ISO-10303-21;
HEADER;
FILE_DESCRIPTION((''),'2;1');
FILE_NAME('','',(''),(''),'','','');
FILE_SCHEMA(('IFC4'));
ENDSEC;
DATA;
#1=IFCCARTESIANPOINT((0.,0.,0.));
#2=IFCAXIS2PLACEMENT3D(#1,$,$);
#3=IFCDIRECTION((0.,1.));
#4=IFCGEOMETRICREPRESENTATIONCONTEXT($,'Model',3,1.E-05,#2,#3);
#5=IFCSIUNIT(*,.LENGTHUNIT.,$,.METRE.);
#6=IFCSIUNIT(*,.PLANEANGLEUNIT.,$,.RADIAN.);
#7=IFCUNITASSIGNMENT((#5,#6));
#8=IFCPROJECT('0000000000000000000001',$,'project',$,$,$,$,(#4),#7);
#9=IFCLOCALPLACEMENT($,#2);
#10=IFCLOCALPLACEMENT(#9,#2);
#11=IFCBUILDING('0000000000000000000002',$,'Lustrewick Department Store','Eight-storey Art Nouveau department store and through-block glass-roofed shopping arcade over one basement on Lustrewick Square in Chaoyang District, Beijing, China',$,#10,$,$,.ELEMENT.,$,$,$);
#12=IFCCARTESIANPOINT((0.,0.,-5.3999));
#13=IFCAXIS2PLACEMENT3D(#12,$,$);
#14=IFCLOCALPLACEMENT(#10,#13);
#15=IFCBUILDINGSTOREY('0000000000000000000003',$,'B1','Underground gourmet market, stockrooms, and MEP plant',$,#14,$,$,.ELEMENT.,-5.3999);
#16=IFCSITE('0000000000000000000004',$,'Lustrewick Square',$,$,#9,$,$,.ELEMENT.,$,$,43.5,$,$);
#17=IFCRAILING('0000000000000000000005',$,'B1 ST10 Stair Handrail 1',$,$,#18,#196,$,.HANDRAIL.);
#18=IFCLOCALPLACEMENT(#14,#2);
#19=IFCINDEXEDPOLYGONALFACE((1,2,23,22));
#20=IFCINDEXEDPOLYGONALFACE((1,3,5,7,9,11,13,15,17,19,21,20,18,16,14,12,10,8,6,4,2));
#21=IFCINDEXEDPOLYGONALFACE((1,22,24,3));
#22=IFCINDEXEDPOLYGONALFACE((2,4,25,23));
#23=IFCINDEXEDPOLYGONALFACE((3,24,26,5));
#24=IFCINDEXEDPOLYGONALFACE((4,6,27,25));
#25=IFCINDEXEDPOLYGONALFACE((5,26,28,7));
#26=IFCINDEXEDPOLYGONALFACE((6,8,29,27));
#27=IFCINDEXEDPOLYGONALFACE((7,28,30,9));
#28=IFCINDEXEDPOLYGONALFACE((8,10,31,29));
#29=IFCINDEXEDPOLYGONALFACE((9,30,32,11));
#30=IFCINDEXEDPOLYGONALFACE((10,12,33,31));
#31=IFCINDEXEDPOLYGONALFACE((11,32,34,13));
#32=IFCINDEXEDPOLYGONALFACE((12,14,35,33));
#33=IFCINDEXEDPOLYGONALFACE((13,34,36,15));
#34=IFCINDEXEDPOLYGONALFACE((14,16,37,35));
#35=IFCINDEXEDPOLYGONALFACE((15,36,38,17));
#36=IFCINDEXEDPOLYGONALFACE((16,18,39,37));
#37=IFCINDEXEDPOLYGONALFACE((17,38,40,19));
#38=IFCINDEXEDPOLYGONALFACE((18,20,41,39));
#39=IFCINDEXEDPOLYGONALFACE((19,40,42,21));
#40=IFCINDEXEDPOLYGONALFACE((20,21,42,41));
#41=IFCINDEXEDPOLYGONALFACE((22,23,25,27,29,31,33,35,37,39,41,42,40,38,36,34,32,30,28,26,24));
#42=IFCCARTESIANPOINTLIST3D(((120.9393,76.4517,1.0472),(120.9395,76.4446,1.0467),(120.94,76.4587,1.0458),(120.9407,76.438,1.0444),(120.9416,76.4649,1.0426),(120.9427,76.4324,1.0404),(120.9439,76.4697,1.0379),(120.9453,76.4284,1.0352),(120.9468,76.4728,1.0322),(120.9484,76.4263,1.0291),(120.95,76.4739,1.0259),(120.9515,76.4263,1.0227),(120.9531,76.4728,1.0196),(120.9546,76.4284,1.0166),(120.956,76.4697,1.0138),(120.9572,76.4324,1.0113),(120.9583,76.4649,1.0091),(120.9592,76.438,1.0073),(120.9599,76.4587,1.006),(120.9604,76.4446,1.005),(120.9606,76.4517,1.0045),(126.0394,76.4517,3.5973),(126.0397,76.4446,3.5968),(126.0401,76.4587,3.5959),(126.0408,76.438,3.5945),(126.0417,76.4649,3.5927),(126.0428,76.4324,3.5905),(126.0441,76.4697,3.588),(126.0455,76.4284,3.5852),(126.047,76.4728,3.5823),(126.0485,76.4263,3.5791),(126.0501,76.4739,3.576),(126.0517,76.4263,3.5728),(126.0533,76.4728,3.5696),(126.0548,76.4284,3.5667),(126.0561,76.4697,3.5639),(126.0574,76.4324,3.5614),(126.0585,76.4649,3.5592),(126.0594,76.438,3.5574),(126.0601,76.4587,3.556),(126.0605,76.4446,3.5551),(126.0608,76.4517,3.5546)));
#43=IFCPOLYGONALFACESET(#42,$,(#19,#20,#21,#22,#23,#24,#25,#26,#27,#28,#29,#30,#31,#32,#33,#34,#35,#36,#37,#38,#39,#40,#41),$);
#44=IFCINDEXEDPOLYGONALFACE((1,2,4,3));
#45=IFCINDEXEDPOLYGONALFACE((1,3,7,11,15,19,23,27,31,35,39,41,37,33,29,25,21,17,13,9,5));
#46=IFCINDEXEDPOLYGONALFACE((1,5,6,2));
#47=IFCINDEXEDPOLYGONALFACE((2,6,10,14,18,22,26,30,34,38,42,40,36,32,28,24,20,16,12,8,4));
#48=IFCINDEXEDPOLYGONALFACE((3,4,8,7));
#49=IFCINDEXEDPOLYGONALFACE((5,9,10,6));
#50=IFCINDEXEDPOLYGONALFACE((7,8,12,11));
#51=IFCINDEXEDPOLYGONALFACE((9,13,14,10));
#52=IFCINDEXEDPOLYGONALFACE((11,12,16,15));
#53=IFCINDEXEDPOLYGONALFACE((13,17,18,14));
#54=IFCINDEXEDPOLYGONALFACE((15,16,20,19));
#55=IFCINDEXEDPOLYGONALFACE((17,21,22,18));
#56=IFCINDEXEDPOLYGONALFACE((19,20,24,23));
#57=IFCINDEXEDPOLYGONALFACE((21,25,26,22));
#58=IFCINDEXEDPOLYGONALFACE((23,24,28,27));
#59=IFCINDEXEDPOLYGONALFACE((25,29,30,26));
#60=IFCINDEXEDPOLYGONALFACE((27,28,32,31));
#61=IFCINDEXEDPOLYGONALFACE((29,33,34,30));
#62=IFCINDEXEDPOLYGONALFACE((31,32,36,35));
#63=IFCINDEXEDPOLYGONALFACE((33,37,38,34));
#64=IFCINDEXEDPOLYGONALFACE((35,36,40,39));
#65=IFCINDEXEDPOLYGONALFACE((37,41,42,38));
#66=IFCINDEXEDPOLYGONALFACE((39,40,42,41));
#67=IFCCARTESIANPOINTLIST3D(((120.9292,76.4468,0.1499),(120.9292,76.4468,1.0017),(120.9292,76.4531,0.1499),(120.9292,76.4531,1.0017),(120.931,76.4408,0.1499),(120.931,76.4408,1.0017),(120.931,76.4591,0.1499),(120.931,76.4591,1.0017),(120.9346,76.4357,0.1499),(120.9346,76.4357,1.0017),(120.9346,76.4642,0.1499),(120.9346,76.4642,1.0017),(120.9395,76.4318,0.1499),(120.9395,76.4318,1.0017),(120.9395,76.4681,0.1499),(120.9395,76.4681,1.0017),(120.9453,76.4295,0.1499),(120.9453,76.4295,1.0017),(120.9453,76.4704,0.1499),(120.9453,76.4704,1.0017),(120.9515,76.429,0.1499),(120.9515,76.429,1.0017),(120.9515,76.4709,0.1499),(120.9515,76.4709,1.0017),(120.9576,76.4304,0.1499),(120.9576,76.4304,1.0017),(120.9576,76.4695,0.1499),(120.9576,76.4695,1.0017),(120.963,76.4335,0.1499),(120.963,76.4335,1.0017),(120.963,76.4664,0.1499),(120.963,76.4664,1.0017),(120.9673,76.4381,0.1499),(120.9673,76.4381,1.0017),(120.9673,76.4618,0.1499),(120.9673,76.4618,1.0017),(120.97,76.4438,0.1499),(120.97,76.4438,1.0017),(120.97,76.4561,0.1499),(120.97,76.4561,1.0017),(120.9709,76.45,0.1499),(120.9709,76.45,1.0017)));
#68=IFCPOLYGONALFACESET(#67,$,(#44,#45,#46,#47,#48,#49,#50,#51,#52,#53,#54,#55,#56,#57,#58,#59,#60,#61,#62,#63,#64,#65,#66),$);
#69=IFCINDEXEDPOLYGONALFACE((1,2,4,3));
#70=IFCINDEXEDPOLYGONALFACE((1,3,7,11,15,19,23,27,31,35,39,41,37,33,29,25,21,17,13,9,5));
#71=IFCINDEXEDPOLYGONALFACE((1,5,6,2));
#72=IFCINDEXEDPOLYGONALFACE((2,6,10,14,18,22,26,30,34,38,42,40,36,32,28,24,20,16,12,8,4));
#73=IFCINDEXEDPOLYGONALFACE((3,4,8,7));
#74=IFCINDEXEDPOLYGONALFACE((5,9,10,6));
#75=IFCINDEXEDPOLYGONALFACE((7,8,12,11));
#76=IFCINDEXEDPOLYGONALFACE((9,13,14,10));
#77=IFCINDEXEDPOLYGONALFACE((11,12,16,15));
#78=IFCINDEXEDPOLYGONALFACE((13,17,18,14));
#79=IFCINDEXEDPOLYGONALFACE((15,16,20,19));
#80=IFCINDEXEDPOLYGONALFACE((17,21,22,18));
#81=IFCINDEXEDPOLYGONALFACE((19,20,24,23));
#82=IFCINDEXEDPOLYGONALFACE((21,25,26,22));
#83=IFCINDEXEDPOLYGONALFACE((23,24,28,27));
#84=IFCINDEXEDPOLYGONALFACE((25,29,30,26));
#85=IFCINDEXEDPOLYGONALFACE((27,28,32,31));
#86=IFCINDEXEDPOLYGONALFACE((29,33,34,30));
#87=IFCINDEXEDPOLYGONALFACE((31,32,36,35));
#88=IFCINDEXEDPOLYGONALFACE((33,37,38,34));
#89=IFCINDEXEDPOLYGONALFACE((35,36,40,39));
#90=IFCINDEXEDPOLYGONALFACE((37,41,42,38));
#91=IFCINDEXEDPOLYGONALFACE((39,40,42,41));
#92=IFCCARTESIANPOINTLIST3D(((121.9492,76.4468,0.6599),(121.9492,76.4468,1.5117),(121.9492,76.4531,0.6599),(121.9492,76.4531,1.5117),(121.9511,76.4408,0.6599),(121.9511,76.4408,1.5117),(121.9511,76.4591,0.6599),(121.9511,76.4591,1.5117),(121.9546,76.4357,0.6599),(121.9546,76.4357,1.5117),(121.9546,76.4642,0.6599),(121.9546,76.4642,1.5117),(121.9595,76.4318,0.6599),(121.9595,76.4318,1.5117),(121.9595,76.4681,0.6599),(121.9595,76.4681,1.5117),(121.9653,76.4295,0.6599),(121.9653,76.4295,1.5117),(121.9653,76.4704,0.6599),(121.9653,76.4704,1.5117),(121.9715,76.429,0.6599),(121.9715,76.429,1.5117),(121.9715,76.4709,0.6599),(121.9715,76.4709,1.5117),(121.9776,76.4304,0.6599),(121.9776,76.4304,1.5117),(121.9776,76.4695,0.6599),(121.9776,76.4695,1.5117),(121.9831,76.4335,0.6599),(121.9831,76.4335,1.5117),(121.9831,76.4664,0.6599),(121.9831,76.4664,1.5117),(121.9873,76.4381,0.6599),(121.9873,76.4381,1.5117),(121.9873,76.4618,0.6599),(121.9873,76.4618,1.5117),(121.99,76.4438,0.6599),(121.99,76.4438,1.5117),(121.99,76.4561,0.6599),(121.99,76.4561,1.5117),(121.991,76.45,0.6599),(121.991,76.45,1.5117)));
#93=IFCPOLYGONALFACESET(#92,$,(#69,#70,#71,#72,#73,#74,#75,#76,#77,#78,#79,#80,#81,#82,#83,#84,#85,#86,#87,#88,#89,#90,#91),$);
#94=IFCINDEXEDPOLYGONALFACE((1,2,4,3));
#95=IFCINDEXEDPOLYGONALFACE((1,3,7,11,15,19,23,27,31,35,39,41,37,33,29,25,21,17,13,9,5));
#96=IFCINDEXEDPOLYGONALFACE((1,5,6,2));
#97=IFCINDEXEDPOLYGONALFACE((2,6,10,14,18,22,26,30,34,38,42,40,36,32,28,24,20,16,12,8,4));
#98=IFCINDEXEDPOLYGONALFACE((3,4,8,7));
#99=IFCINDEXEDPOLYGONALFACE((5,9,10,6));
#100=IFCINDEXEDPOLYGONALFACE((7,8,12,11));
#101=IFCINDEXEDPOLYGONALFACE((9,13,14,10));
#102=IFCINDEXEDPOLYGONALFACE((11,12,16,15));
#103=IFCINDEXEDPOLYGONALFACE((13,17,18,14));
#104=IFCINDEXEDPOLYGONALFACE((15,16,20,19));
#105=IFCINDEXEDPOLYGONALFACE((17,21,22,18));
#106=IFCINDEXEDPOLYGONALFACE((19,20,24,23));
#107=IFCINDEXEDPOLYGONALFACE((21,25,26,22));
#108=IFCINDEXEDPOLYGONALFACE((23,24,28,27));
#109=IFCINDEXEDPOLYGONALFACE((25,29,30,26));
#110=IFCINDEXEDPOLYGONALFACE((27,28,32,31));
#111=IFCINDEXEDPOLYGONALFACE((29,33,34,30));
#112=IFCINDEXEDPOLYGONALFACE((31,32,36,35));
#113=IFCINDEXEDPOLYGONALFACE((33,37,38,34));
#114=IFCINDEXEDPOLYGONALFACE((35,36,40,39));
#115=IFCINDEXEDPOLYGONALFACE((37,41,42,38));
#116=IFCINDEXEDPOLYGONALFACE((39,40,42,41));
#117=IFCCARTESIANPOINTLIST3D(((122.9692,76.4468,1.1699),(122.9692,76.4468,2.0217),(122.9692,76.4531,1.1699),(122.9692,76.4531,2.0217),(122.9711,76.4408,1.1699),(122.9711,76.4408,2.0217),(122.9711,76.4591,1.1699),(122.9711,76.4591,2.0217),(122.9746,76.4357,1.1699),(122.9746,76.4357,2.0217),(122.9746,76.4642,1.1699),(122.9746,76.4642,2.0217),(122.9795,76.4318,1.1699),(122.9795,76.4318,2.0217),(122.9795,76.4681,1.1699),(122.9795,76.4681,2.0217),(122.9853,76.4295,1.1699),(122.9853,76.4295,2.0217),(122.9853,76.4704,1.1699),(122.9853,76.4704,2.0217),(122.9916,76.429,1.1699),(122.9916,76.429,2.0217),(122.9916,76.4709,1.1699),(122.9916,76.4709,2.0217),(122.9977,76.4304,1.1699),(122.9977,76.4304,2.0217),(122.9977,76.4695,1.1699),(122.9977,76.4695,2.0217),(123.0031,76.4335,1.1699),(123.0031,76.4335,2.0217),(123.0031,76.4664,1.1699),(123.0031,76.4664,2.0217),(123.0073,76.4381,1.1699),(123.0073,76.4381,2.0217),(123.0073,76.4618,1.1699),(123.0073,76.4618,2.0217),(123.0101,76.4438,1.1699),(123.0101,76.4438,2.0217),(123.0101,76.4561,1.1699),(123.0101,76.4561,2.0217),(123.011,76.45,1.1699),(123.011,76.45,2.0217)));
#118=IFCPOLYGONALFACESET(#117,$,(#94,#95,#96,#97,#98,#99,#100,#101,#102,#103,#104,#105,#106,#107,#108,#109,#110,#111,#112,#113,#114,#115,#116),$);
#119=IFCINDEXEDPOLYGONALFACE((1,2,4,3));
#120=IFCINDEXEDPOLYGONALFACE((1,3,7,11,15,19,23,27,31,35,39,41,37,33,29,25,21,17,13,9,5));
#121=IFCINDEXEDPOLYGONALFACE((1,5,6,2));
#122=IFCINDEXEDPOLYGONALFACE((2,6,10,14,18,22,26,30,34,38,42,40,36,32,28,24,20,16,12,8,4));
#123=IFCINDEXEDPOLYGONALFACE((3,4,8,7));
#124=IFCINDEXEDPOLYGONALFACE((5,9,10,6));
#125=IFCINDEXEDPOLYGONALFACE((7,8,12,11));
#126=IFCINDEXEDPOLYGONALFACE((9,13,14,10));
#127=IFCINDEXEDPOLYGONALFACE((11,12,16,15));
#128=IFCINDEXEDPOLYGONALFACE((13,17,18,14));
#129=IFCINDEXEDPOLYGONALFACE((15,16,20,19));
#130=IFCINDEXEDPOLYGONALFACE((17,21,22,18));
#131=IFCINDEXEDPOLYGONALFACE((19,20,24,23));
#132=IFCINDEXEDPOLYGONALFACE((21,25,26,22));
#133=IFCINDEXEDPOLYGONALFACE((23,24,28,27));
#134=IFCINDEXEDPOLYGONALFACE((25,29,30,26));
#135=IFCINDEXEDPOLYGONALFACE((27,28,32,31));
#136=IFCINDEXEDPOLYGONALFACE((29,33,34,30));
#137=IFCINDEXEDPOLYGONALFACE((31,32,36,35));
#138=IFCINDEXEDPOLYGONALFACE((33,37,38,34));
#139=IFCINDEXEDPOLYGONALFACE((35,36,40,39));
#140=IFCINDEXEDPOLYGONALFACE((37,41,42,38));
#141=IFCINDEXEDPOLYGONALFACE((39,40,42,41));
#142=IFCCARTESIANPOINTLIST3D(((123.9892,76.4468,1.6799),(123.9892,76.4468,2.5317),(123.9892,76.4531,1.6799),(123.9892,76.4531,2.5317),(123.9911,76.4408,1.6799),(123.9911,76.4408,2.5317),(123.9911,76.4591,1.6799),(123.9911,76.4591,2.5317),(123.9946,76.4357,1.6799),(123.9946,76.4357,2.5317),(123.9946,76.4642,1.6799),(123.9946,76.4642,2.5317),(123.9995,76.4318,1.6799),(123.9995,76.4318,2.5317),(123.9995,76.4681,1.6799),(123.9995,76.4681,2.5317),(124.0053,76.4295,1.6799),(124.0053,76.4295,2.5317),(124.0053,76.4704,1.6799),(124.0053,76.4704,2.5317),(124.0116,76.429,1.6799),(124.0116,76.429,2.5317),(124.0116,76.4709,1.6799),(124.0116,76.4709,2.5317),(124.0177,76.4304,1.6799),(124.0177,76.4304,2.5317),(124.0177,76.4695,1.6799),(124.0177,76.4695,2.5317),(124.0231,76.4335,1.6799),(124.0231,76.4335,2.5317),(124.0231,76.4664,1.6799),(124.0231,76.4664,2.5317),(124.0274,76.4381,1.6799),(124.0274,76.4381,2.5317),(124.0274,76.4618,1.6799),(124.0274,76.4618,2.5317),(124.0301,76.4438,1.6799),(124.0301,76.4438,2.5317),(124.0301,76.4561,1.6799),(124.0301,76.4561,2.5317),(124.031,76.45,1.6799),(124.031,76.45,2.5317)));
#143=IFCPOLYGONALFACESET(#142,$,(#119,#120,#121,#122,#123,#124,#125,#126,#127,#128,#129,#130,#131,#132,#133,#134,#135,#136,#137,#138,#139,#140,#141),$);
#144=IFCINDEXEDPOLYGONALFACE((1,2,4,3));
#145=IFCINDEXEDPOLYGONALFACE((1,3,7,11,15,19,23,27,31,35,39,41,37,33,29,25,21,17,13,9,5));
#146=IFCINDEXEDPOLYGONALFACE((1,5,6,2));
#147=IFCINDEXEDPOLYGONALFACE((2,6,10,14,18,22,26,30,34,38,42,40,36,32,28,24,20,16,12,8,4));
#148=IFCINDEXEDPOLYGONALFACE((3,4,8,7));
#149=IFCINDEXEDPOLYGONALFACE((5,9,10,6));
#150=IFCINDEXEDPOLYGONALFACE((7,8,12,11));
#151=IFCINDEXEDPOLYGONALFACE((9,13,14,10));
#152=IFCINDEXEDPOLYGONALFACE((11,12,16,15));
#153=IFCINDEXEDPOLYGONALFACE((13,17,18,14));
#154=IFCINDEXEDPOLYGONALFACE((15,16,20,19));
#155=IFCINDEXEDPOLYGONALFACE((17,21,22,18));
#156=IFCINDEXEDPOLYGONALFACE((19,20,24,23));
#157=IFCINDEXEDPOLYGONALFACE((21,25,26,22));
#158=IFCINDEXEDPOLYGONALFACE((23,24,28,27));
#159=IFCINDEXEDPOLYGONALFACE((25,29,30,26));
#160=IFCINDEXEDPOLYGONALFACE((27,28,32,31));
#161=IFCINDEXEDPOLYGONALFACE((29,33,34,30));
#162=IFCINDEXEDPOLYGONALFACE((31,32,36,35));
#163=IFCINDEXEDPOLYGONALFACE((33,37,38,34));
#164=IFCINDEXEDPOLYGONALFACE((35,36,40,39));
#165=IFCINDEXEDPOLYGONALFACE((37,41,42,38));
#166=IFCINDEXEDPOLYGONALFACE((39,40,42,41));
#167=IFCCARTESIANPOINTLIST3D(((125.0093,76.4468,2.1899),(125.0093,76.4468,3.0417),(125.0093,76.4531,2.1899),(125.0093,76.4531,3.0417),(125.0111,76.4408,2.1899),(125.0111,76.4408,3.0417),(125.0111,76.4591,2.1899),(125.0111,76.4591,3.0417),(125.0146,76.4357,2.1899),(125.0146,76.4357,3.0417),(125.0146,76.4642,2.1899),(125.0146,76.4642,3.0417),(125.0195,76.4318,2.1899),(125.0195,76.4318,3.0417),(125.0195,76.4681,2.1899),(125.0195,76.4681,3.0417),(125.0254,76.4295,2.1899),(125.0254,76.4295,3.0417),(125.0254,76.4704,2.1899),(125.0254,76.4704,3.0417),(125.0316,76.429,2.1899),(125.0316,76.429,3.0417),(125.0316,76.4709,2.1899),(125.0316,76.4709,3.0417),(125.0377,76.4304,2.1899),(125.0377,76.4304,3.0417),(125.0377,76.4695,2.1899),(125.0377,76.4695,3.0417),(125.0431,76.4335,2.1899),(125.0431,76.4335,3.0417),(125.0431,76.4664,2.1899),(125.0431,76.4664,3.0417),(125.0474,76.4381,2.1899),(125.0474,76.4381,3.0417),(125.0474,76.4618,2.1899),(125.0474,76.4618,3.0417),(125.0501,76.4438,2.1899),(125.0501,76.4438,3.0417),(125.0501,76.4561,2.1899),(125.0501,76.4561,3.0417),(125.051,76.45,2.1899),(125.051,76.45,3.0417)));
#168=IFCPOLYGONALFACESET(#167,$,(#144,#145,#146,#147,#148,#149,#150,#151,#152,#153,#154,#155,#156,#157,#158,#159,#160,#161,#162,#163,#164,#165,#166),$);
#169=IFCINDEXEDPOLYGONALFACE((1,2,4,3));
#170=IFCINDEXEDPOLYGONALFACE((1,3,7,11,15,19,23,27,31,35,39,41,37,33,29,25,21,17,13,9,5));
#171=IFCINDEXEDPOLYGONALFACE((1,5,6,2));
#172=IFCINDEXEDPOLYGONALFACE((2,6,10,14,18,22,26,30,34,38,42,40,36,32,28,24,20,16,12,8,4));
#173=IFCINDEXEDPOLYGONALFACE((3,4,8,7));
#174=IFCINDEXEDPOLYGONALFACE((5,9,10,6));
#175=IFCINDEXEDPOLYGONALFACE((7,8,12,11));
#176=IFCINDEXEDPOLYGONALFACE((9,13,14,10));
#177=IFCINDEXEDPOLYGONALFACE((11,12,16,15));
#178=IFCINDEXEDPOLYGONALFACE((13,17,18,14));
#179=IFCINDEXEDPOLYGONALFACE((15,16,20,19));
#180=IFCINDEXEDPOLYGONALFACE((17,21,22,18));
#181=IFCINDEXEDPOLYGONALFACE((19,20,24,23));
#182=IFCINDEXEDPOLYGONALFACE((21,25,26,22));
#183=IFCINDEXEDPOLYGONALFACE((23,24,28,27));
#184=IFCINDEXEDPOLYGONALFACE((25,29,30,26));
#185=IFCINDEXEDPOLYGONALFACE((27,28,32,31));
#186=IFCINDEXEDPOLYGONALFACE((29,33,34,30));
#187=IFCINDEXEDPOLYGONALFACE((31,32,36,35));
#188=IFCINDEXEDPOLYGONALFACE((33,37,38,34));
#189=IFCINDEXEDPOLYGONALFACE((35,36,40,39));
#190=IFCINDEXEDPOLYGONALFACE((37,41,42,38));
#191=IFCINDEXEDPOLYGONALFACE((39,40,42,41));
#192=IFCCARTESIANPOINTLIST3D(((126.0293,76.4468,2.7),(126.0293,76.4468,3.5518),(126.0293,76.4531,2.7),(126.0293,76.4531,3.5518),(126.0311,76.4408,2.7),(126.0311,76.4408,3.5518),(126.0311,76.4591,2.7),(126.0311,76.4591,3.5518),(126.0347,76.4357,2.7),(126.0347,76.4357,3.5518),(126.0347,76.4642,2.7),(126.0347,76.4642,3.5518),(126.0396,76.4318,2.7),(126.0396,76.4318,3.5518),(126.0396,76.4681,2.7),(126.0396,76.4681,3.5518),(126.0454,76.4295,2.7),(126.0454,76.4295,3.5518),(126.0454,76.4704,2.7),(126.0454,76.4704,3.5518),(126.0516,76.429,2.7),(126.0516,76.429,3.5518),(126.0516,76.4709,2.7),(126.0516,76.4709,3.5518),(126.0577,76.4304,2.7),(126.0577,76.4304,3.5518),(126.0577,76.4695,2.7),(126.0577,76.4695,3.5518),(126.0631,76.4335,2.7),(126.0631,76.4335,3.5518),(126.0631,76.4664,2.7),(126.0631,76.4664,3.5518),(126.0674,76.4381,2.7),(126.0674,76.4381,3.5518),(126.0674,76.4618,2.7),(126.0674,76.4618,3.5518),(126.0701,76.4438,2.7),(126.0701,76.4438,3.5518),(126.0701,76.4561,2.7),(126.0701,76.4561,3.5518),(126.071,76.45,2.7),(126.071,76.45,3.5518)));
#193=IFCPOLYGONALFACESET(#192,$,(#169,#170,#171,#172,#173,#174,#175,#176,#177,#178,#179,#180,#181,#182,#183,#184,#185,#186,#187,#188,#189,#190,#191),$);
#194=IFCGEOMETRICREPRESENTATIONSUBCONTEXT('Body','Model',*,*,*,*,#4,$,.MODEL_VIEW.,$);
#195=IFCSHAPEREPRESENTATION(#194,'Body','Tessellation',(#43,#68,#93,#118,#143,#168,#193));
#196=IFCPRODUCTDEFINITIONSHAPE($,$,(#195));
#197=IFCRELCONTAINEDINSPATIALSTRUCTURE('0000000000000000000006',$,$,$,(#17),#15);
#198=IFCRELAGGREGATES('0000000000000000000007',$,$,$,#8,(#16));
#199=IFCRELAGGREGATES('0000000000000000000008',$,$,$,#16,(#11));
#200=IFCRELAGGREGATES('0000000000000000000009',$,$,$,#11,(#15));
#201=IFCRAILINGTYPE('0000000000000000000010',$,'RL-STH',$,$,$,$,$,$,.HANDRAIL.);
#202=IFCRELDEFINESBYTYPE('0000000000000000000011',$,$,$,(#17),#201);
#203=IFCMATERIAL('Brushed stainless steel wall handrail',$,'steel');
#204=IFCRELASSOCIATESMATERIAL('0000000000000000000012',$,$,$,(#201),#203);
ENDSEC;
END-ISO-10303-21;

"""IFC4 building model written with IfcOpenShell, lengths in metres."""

from ifc_helpers import new_model, si_unit, direction, frame, origin, origin_2d, place, context, subcontext, project, spatial, circle, extrude, material, type_object, element, save


model = new_model("IFC4")

# Units and contexts
model_context = context("Model", 3, precision=1e-05, world=origin(), true_north=direction((0.0, 1.0)))
body_context = subcontext(model_context, "Body", "Model", "MODEL_VIEW")
ifc_project = project(units=[si_unit("LENGTHUNIT", "METRE"), si_unit("PLANEANGLEUNIT", "RADIAN")], contexts=[model_context])

# Site, building, storey
site_placement = place(None, origin())
site = spatial("IfcSite", under=ifc_project, at=site_placement, Name="Lustrewick Square", CompositionType="ELEMENT", RefElevation=43.5)
building_placement = place(site_placement, origin())
building = spatial("IfcBuilding", under=site, at=building_placement, Name="Lustrewick Department Store", Description="Eight-storey Art Nouveau department store and through-block glass-roofed shopping arcade over one basement on Lustrewick Square in Chaoyang District, Beijing, China", CompositionType="ELEMENT")
storey_placement = place(building_placement, frame((0.0, 0.0, -5.3999)))
storey = spatial("IfcBuildingStorey", under=building, at=storey_placement, Name="B1", Description="Underground gourmet market, stockrooms, and MEP plant", CompositionType="ELEMENT", Elevation=-5.3999)

# Railing
ifc_material_1 = material(Name="Brushed stainless steel wall handrail", Category="steel")
railing_type_1 = type_object("IfcRailingType", Name="RL-STH", PredefinedType="HANDRAIL", material=ifc_material_1)
railing_1_placement = place(storey_placement, frame((120.95, 76.45, 0.1499)))
element("IfcRailing", 1, at=railing_1_placement, inside=storey, type_object=railing_type_1, Name="B1 ST10 Stair Handrail 1", PredefinedType="HANDRAIL", context=body_context, shape_type="SweptSolid", body=[
    extrude(circle(Radius=0.0239, at=origin_2d()), frame((0.0, 0.0, 0.876), z_axis=(0.894427, 0.0, 0.447214), x_axis=(0.0, 1.0, 0.0)), (0.0, 0.0, 1.0), 5.7021),
    extrude(circle(Radius=0.021, at=origin_2d()), origin(), (0.0, 0.0, 1.0), 0.8518),
    extrude(circle(Radius=0.021, at=origin_2d()), frame((1.02, 0.0, 0.51)), (0.0, 0.0, 1.0), 0.8518),
    extrude(circle(Radius=0.021, at=origin_2d()), frame((2.04, 0.0, 1.02)), (0.0, 0.0, 1.0), 0.8518),
    extrude(circle(Radius=0.021, at=origin_2d()), frame((3.0601, 0.0, 1.53)), (0.0, 0.0, 1.0), 0.8518),
    extrude(circle(Radius=0.021, at=origin_2d()), frame((4.0801, 0.0, 2.04)), (0.0, 0.0, 1.0), 0.8518),
    extrude(circle(Radius=0.021, at=origin_2d()), frame((5.1001, 0.0, 2.55)), (0.0, 0.0, 1.0), 0.8518),
])

save(model, "model.ifc")
